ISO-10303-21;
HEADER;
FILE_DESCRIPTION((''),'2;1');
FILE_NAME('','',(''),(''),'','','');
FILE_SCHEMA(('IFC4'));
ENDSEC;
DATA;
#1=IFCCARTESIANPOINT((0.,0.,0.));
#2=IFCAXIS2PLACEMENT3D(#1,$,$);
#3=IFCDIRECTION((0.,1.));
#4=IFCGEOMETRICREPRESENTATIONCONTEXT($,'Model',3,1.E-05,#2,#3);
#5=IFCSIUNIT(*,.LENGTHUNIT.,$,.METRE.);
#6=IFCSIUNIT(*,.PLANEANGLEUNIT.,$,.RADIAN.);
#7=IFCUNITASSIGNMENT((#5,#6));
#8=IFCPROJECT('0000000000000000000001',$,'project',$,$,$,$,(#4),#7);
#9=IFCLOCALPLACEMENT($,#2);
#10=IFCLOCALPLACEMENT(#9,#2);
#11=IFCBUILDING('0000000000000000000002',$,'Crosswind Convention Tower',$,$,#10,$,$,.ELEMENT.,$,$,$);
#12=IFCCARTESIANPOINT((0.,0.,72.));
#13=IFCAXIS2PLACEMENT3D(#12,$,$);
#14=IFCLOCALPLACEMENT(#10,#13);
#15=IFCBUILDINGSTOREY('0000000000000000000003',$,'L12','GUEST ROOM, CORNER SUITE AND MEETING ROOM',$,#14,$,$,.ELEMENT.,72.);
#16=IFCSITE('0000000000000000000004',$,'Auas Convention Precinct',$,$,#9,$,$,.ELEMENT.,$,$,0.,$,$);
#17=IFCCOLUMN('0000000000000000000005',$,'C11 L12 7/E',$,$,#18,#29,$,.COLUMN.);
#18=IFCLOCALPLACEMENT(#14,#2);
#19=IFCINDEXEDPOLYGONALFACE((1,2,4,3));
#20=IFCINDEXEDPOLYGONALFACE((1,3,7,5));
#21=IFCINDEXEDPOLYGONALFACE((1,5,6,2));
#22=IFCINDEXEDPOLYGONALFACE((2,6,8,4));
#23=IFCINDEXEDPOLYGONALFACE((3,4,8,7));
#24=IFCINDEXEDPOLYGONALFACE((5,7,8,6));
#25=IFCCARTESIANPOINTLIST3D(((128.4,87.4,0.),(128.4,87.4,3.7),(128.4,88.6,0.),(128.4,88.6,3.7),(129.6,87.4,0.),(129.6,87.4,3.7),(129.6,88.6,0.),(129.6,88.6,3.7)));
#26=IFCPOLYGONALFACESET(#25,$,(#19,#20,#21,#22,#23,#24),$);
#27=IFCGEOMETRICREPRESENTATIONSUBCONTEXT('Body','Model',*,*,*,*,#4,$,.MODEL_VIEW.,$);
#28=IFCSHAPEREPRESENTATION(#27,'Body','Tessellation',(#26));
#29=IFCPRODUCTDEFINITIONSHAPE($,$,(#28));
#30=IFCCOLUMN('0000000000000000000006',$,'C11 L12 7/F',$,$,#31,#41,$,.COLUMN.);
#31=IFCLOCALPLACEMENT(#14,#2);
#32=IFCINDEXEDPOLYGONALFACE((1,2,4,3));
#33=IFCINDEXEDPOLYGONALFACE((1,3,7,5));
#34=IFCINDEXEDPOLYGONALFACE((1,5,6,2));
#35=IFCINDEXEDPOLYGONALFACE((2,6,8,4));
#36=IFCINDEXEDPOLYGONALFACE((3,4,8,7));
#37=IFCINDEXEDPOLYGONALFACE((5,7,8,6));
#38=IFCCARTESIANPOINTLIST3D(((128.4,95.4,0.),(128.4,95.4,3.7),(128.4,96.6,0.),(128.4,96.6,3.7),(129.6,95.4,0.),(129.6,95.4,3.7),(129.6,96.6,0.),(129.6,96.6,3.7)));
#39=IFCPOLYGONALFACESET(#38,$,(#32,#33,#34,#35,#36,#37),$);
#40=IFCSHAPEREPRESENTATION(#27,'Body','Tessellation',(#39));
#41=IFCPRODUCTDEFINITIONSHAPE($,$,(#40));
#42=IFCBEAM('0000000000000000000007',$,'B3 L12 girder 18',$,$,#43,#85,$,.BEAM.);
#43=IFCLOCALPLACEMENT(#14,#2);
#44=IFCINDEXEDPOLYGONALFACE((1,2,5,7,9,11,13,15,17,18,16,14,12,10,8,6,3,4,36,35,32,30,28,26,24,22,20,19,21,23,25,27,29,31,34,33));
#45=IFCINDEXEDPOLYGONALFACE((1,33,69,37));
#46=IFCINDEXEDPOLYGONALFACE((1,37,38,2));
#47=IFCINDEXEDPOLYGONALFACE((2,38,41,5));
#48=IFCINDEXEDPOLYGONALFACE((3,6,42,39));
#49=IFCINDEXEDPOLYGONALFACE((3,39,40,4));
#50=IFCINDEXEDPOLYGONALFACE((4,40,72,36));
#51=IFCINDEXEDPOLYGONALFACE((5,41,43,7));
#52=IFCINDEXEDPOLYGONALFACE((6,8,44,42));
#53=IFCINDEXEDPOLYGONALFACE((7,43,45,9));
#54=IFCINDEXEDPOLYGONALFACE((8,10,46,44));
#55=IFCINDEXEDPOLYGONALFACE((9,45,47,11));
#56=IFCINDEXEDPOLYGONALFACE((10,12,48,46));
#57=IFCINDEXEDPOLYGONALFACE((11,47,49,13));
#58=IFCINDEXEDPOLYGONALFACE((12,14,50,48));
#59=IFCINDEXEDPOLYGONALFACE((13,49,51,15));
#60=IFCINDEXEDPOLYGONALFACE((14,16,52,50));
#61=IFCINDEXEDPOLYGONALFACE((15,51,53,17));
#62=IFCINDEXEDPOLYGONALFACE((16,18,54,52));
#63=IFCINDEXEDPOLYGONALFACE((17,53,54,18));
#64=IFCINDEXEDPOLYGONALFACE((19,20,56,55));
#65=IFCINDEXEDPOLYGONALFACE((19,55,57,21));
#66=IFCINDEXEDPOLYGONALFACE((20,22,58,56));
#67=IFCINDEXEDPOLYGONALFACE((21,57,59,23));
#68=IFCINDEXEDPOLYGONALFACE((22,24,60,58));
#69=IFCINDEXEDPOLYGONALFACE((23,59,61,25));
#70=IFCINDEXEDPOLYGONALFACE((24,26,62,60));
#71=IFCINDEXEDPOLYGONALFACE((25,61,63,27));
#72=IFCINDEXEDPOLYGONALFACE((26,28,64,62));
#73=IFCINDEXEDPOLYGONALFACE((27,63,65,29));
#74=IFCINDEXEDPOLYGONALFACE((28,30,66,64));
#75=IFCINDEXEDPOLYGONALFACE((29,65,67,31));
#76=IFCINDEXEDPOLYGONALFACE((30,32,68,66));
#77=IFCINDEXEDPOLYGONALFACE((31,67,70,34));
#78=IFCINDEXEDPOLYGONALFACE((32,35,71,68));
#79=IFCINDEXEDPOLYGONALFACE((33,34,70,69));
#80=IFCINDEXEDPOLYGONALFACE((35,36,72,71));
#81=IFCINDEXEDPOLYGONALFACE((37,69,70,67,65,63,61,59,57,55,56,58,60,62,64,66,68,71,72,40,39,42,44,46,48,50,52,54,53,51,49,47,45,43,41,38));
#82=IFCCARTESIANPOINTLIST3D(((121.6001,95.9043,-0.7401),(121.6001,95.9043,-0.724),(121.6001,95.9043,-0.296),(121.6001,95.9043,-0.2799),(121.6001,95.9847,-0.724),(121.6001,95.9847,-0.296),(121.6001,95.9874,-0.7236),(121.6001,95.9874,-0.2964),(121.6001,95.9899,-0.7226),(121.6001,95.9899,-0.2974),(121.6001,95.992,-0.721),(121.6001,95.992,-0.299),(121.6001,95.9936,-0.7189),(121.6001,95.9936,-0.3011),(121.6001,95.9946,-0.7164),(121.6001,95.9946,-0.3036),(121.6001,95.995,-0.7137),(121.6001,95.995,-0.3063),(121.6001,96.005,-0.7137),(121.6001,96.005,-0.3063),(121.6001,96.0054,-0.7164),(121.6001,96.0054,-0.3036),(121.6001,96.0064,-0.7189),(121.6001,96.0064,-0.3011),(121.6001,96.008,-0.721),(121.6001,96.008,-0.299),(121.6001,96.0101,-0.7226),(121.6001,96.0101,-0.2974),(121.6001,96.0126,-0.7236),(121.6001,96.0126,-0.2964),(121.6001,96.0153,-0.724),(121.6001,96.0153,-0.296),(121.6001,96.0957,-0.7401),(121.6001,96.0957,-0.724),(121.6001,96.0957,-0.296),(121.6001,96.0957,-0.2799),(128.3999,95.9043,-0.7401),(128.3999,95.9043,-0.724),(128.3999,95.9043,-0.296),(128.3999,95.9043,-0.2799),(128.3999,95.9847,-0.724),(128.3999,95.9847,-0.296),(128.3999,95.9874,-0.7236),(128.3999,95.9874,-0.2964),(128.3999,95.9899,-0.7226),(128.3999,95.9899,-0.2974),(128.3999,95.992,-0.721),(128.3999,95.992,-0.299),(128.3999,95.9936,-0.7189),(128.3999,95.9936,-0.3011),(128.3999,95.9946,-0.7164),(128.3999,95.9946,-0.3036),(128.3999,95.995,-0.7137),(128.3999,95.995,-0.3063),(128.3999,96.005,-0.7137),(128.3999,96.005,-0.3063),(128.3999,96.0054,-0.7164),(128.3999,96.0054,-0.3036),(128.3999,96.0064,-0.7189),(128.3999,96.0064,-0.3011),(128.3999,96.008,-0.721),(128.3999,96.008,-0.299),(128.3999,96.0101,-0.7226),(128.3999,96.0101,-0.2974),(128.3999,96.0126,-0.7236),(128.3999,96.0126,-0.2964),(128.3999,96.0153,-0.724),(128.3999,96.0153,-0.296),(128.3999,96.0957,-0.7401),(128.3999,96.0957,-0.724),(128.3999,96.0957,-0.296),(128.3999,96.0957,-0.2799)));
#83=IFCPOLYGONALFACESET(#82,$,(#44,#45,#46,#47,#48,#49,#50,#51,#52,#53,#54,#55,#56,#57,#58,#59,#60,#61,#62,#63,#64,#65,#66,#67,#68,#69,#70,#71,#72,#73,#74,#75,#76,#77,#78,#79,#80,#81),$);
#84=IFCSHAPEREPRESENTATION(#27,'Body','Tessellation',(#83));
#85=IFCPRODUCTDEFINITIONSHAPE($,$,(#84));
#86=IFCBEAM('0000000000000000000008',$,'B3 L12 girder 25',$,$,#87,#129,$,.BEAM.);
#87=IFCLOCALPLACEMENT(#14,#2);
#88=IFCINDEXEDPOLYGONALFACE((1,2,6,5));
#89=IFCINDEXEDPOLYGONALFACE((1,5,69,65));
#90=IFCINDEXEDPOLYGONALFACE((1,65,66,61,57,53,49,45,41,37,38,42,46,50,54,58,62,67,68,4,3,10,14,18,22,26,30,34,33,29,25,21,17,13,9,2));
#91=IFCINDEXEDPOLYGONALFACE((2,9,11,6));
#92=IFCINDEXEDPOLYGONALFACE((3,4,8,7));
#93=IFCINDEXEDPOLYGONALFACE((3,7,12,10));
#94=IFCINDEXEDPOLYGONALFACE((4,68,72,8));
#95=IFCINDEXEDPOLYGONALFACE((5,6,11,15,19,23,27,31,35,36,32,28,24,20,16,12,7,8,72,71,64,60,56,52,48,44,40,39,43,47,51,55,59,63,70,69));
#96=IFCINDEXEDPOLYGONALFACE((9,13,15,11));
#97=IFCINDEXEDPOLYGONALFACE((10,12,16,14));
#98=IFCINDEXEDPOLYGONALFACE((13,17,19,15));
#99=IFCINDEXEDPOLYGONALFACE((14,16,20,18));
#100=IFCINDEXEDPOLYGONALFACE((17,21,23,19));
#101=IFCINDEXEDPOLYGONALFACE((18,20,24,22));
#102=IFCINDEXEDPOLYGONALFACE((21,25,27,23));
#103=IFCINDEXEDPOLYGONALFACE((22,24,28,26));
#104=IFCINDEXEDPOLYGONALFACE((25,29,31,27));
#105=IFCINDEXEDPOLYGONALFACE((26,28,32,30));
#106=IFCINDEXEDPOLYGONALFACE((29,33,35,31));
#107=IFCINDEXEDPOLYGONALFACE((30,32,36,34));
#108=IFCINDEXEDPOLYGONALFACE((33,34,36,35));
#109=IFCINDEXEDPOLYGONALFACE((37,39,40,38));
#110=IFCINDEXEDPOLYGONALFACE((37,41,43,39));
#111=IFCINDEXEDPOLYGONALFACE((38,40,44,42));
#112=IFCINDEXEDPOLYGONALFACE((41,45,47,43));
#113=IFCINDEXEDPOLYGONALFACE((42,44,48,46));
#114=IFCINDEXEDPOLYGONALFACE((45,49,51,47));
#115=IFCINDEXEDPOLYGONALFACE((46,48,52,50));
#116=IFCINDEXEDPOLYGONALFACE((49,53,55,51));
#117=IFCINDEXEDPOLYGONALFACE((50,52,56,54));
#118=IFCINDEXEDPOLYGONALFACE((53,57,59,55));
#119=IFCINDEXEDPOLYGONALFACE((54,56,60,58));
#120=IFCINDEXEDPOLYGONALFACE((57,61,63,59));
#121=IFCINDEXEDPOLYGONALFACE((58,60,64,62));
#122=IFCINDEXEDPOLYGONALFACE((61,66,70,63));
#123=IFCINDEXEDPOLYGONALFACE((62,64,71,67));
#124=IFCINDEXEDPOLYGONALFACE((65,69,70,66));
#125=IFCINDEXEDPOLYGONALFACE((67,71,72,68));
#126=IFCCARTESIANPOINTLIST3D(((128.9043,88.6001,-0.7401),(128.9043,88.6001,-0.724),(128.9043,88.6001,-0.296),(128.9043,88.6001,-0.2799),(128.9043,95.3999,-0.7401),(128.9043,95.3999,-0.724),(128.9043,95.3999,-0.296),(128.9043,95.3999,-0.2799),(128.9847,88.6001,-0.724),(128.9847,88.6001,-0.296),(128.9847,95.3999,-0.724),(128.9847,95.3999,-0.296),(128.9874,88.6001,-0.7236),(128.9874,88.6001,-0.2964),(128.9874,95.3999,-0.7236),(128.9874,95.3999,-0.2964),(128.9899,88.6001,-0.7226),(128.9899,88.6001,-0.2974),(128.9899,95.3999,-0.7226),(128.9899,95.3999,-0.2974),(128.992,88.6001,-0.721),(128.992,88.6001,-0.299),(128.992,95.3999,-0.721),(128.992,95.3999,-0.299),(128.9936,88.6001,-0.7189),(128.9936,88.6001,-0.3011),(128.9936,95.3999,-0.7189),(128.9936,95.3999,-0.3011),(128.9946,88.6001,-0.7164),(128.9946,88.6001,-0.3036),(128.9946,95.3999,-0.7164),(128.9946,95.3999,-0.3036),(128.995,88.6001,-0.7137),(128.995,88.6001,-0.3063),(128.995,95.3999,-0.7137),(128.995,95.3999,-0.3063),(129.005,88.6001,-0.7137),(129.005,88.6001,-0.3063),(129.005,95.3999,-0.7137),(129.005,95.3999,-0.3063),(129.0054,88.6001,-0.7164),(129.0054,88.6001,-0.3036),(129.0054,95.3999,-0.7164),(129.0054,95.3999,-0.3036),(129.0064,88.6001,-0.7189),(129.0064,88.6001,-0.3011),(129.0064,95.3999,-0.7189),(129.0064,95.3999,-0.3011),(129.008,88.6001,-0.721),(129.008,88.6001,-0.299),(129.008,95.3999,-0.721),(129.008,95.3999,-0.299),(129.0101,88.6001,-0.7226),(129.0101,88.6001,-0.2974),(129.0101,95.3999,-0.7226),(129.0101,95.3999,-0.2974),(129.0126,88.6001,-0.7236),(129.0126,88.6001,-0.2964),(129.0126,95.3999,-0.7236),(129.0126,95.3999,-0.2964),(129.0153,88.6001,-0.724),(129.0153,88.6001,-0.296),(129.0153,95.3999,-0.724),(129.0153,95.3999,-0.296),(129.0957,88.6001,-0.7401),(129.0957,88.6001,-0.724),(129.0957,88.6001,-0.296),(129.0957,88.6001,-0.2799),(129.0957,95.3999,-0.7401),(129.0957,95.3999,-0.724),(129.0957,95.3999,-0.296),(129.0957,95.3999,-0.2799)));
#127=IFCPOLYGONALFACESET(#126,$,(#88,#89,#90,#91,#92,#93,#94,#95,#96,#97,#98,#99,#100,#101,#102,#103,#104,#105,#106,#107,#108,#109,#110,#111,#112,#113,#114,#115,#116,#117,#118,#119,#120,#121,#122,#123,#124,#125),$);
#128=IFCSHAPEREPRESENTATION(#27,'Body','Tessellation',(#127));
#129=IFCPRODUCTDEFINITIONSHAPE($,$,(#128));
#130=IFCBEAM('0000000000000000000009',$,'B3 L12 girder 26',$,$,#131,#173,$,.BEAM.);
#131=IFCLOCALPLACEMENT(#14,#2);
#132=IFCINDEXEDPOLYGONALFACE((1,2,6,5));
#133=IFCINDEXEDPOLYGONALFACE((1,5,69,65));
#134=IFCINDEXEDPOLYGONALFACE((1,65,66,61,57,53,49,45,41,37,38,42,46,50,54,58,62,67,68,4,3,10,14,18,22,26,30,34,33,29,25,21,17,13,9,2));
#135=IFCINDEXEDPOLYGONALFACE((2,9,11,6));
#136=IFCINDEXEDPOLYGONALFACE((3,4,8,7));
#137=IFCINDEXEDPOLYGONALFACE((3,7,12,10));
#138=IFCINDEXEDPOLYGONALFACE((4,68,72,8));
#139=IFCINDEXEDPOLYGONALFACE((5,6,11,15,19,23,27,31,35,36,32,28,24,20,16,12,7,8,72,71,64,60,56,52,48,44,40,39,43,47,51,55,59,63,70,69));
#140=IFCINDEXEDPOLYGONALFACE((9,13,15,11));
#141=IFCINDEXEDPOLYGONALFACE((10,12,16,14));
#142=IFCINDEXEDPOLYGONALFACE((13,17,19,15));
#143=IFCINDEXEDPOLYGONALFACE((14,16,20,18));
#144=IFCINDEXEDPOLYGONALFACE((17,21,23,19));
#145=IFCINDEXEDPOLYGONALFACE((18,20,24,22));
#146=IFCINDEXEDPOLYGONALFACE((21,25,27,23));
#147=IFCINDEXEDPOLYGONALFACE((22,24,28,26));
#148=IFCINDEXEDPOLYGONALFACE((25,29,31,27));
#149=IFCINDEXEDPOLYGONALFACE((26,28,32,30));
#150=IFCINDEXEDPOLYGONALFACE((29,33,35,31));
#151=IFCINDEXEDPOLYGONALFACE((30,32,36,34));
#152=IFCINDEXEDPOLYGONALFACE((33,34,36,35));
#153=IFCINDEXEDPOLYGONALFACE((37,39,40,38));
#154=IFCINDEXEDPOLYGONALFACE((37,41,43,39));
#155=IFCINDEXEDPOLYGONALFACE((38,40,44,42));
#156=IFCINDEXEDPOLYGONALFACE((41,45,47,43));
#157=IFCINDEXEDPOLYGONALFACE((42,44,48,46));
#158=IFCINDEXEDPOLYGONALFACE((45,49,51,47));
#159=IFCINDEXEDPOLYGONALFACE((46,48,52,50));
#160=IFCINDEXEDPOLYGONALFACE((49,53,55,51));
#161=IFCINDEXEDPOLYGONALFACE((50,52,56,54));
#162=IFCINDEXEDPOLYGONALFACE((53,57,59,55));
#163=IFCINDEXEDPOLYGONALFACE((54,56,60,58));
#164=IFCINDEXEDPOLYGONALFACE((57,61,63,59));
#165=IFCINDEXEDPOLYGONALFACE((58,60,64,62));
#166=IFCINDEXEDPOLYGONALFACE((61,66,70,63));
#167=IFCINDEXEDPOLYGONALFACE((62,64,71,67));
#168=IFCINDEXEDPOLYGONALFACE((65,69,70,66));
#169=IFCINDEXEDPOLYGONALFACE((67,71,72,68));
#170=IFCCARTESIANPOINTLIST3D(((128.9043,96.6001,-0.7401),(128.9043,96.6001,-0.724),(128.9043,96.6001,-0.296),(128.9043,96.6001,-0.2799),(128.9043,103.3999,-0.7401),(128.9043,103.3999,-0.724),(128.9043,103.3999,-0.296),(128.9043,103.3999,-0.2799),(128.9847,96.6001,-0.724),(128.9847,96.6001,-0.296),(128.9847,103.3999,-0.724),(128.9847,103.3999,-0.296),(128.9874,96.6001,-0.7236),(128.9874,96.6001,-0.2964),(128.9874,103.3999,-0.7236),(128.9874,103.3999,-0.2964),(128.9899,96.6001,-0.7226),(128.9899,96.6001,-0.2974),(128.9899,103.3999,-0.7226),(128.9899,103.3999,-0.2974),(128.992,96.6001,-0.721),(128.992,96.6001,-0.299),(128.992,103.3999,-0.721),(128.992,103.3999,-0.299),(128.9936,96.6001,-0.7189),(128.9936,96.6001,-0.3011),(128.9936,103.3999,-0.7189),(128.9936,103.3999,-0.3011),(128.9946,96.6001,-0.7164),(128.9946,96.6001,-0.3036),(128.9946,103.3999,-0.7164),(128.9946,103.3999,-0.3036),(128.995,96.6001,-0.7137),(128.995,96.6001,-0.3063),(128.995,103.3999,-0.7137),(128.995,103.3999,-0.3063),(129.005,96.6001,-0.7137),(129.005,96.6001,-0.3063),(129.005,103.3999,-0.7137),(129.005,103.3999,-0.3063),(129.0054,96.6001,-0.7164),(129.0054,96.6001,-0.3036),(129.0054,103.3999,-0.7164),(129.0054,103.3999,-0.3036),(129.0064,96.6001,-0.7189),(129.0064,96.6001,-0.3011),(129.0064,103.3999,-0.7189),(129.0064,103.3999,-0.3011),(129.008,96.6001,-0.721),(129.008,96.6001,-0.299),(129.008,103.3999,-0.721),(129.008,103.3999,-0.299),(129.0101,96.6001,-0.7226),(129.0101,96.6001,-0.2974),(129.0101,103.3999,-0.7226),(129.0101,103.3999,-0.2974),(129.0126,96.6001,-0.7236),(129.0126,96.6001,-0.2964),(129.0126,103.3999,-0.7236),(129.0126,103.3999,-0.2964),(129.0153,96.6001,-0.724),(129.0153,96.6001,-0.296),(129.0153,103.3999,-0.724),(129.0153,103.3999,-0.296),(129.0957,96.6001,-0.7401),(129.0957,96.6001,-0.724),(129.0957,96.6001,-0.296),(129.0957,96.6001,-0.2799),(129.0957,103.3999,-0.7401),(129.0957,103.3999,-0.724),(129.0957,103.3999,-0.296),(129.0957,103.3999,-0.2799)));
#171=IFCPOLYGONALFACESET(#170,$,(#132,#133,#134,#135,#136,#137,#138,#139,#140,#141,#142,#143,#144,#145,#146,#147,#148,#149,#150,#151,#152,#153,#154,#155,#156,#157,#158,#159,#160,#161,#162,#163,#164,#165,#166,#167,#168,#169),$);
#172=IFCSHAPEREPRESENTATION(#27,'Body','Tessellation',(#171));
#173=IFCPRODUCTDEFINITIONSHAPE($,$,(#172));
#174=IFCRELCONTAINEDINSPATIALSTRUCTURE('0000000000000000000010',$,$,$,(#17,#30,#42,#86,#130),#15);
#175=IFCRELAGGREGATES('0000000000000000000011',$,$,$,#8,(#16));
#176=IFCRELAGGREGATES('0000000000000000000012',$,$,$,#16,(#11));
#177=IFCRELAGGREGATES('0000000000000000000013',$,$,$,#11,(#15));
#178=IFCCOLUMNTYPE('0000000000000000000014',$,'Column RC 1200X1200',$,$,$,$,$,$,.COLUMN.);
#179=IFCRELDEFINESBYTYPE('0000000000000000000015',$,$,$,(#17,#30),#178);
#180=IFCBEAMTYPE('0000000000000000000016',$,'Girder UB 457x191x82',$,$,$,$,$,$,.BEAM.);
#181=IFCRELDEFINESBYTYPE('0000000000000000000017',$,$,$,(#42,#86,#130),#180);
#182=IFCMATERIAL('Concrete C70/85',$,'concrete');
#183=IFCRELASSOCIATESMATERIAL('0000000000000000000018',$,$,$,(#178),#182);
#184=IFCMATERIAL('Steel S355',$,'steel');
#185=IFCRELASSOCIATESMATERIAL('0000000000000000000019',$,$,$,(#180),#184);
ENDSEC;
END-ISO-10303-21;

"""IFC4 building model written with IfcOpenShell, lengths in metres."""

from ifc_helpers import new_model, si_unit, direction, frame, origin, origin_2d, place, context, subcontext, project, spatial, rectangle, i_section, extrude, material, material_profile, profile_set, type_object, element, save


model = new_model("IFC4")

# Units and contexts
model_context = context("Model", 3, precision=1e-05, world=origin(), true_north=direction((0.0, 1.0)))
body_context = subcontext(model_context, "Body", "Model", "MODEL_VIEW")
ifc_project = project(units=[si_unit("LENGTHUNIT", "METRE"), si_unit("PLANEANGLEUNIT", "RADIAN")], contexts=[model_context])

# Site, building, storey
site_placement = place(None, origin())
site = spatial("IfcSite", under=ifc_project, at=site_placement, Name="Auas Convention Precinct", CompositionType="ELEMENT", RefElevation=0.0)
building_placement = place(site_placement, origin())
building = spatial("IfcBuilding", under=site, at=building_placement, Name="Crosswind Convention Tower", CompositionType="ELEMENT")
storey_placement = place(building_placement, frame((0.0, 0.0, 72.0)))
storey = spatial("IfcBuildingStorey", under=building, at=storey_placement, Name="L12", Description="GUEST ROOM, CORNER SUITE AND MEETING ROOM", CompositionType="ELEMENT", Elevation=72.0)

# Columns
ifc_material_1 = material(Name="Concrete C70/85", Category="concrete")
ifc_material_profile_1 = material_profile(ifc_material_1, rectangle(XDim=1.2, YDim=1.2, at=origin_2d()), Name="RC 1200X1200")
ifc_profile_set_1 = profile_set([ifc_material_profile_1], Name="Concrete C70/85")
column_type = type_object("IfcColumnType", Name="Column RC 1200X1200", PredefinedType="COLUMN", material=ifc_profile_set_1)
for number, where, z_axis, x_axis, name in (
    (1, (129.0, 88.0, 0.0), (0.0, 0.0, 1.0), (1.0, 0.0, 0.0), "C11 L12 7/E"),
    (2, (129.0, 96.0, 0.0), (0.0, 0.0, 1.0), (1.0, 0.0, 0.0), "C11 L12 7/F"),
):
    element("IfcColumn", number, at=place(storey_placement, frame(where, z_axis=z_axis, x_axis=x_axis)), inside=storey, type_object=column_type, Name=name, PredefinedType="COLUMN", context=body_context, shape_type="SweptSolid", body=[
        extrude(rectangle(XDim=1.2, YDim=1.2, at=origin_2d()), origin(), (0.0, 0.0, 1.0), 3.7),
    ])

# Beams
ifc_material_2 = material(Name="Steel S355", Category="steel")
ifc_material_profile_2 = material_profile(ifc_material_2, i_section(OverallWidth=0.1914, OverallDepth=0.4602, WebThickness=0.01, FlangeThickness=0.0161, FilletRadius=0.0103, at=origin_2d()), Name="UB 457x191x82")
ifc_profile_set_2 = profile_set([ifc_material_profile_2], Name="Steel S355")
beam_type_1 = type_object("IfcBeamType", Name="Girder UB 457x191x82", PredefinedType="BEAM", material=ifc_profile_set_2)
for number, where, z_axis, x_axis, name in (
    (3, (121.6001, 96.0, -0.51), (1.0, 0.0, 0.0), (0.0, 1.0, 0.0), "B3 L12 girder 18"),
    (4, (129.0, 88.6001, -0.51), (0.0, 1.0, 0.0), (-1.0, 0.0, 0.0), "B3 L12 girder 25"),
    (5, (129.0, 96.6001, -0.51), (0.0, 1.0, 0.0), (-1.0, 0.0, 0.0), "B3 L12 girder 26"),
):
    element("IfcBeam", number, at=place(storey_placement, frame(where, z_axis=z_axis, x_axis=x_axis)), inside=storey, type_object=beam_type_1, Name=name, PredefinedType="BEAM", context=body_context, shape_type="SweptSolid", body=[
        extrude(i_section(OverallWidth=0.1914, OverallDepth=0.4602, WebThickness=0.01, FlangeThickness=0.0161, FilletRadius=0.0103, at=origin_2d()), origin(), (0.0, 0.0, 1.0), 6.7998),
    ])

save(model, "model.ifc")
